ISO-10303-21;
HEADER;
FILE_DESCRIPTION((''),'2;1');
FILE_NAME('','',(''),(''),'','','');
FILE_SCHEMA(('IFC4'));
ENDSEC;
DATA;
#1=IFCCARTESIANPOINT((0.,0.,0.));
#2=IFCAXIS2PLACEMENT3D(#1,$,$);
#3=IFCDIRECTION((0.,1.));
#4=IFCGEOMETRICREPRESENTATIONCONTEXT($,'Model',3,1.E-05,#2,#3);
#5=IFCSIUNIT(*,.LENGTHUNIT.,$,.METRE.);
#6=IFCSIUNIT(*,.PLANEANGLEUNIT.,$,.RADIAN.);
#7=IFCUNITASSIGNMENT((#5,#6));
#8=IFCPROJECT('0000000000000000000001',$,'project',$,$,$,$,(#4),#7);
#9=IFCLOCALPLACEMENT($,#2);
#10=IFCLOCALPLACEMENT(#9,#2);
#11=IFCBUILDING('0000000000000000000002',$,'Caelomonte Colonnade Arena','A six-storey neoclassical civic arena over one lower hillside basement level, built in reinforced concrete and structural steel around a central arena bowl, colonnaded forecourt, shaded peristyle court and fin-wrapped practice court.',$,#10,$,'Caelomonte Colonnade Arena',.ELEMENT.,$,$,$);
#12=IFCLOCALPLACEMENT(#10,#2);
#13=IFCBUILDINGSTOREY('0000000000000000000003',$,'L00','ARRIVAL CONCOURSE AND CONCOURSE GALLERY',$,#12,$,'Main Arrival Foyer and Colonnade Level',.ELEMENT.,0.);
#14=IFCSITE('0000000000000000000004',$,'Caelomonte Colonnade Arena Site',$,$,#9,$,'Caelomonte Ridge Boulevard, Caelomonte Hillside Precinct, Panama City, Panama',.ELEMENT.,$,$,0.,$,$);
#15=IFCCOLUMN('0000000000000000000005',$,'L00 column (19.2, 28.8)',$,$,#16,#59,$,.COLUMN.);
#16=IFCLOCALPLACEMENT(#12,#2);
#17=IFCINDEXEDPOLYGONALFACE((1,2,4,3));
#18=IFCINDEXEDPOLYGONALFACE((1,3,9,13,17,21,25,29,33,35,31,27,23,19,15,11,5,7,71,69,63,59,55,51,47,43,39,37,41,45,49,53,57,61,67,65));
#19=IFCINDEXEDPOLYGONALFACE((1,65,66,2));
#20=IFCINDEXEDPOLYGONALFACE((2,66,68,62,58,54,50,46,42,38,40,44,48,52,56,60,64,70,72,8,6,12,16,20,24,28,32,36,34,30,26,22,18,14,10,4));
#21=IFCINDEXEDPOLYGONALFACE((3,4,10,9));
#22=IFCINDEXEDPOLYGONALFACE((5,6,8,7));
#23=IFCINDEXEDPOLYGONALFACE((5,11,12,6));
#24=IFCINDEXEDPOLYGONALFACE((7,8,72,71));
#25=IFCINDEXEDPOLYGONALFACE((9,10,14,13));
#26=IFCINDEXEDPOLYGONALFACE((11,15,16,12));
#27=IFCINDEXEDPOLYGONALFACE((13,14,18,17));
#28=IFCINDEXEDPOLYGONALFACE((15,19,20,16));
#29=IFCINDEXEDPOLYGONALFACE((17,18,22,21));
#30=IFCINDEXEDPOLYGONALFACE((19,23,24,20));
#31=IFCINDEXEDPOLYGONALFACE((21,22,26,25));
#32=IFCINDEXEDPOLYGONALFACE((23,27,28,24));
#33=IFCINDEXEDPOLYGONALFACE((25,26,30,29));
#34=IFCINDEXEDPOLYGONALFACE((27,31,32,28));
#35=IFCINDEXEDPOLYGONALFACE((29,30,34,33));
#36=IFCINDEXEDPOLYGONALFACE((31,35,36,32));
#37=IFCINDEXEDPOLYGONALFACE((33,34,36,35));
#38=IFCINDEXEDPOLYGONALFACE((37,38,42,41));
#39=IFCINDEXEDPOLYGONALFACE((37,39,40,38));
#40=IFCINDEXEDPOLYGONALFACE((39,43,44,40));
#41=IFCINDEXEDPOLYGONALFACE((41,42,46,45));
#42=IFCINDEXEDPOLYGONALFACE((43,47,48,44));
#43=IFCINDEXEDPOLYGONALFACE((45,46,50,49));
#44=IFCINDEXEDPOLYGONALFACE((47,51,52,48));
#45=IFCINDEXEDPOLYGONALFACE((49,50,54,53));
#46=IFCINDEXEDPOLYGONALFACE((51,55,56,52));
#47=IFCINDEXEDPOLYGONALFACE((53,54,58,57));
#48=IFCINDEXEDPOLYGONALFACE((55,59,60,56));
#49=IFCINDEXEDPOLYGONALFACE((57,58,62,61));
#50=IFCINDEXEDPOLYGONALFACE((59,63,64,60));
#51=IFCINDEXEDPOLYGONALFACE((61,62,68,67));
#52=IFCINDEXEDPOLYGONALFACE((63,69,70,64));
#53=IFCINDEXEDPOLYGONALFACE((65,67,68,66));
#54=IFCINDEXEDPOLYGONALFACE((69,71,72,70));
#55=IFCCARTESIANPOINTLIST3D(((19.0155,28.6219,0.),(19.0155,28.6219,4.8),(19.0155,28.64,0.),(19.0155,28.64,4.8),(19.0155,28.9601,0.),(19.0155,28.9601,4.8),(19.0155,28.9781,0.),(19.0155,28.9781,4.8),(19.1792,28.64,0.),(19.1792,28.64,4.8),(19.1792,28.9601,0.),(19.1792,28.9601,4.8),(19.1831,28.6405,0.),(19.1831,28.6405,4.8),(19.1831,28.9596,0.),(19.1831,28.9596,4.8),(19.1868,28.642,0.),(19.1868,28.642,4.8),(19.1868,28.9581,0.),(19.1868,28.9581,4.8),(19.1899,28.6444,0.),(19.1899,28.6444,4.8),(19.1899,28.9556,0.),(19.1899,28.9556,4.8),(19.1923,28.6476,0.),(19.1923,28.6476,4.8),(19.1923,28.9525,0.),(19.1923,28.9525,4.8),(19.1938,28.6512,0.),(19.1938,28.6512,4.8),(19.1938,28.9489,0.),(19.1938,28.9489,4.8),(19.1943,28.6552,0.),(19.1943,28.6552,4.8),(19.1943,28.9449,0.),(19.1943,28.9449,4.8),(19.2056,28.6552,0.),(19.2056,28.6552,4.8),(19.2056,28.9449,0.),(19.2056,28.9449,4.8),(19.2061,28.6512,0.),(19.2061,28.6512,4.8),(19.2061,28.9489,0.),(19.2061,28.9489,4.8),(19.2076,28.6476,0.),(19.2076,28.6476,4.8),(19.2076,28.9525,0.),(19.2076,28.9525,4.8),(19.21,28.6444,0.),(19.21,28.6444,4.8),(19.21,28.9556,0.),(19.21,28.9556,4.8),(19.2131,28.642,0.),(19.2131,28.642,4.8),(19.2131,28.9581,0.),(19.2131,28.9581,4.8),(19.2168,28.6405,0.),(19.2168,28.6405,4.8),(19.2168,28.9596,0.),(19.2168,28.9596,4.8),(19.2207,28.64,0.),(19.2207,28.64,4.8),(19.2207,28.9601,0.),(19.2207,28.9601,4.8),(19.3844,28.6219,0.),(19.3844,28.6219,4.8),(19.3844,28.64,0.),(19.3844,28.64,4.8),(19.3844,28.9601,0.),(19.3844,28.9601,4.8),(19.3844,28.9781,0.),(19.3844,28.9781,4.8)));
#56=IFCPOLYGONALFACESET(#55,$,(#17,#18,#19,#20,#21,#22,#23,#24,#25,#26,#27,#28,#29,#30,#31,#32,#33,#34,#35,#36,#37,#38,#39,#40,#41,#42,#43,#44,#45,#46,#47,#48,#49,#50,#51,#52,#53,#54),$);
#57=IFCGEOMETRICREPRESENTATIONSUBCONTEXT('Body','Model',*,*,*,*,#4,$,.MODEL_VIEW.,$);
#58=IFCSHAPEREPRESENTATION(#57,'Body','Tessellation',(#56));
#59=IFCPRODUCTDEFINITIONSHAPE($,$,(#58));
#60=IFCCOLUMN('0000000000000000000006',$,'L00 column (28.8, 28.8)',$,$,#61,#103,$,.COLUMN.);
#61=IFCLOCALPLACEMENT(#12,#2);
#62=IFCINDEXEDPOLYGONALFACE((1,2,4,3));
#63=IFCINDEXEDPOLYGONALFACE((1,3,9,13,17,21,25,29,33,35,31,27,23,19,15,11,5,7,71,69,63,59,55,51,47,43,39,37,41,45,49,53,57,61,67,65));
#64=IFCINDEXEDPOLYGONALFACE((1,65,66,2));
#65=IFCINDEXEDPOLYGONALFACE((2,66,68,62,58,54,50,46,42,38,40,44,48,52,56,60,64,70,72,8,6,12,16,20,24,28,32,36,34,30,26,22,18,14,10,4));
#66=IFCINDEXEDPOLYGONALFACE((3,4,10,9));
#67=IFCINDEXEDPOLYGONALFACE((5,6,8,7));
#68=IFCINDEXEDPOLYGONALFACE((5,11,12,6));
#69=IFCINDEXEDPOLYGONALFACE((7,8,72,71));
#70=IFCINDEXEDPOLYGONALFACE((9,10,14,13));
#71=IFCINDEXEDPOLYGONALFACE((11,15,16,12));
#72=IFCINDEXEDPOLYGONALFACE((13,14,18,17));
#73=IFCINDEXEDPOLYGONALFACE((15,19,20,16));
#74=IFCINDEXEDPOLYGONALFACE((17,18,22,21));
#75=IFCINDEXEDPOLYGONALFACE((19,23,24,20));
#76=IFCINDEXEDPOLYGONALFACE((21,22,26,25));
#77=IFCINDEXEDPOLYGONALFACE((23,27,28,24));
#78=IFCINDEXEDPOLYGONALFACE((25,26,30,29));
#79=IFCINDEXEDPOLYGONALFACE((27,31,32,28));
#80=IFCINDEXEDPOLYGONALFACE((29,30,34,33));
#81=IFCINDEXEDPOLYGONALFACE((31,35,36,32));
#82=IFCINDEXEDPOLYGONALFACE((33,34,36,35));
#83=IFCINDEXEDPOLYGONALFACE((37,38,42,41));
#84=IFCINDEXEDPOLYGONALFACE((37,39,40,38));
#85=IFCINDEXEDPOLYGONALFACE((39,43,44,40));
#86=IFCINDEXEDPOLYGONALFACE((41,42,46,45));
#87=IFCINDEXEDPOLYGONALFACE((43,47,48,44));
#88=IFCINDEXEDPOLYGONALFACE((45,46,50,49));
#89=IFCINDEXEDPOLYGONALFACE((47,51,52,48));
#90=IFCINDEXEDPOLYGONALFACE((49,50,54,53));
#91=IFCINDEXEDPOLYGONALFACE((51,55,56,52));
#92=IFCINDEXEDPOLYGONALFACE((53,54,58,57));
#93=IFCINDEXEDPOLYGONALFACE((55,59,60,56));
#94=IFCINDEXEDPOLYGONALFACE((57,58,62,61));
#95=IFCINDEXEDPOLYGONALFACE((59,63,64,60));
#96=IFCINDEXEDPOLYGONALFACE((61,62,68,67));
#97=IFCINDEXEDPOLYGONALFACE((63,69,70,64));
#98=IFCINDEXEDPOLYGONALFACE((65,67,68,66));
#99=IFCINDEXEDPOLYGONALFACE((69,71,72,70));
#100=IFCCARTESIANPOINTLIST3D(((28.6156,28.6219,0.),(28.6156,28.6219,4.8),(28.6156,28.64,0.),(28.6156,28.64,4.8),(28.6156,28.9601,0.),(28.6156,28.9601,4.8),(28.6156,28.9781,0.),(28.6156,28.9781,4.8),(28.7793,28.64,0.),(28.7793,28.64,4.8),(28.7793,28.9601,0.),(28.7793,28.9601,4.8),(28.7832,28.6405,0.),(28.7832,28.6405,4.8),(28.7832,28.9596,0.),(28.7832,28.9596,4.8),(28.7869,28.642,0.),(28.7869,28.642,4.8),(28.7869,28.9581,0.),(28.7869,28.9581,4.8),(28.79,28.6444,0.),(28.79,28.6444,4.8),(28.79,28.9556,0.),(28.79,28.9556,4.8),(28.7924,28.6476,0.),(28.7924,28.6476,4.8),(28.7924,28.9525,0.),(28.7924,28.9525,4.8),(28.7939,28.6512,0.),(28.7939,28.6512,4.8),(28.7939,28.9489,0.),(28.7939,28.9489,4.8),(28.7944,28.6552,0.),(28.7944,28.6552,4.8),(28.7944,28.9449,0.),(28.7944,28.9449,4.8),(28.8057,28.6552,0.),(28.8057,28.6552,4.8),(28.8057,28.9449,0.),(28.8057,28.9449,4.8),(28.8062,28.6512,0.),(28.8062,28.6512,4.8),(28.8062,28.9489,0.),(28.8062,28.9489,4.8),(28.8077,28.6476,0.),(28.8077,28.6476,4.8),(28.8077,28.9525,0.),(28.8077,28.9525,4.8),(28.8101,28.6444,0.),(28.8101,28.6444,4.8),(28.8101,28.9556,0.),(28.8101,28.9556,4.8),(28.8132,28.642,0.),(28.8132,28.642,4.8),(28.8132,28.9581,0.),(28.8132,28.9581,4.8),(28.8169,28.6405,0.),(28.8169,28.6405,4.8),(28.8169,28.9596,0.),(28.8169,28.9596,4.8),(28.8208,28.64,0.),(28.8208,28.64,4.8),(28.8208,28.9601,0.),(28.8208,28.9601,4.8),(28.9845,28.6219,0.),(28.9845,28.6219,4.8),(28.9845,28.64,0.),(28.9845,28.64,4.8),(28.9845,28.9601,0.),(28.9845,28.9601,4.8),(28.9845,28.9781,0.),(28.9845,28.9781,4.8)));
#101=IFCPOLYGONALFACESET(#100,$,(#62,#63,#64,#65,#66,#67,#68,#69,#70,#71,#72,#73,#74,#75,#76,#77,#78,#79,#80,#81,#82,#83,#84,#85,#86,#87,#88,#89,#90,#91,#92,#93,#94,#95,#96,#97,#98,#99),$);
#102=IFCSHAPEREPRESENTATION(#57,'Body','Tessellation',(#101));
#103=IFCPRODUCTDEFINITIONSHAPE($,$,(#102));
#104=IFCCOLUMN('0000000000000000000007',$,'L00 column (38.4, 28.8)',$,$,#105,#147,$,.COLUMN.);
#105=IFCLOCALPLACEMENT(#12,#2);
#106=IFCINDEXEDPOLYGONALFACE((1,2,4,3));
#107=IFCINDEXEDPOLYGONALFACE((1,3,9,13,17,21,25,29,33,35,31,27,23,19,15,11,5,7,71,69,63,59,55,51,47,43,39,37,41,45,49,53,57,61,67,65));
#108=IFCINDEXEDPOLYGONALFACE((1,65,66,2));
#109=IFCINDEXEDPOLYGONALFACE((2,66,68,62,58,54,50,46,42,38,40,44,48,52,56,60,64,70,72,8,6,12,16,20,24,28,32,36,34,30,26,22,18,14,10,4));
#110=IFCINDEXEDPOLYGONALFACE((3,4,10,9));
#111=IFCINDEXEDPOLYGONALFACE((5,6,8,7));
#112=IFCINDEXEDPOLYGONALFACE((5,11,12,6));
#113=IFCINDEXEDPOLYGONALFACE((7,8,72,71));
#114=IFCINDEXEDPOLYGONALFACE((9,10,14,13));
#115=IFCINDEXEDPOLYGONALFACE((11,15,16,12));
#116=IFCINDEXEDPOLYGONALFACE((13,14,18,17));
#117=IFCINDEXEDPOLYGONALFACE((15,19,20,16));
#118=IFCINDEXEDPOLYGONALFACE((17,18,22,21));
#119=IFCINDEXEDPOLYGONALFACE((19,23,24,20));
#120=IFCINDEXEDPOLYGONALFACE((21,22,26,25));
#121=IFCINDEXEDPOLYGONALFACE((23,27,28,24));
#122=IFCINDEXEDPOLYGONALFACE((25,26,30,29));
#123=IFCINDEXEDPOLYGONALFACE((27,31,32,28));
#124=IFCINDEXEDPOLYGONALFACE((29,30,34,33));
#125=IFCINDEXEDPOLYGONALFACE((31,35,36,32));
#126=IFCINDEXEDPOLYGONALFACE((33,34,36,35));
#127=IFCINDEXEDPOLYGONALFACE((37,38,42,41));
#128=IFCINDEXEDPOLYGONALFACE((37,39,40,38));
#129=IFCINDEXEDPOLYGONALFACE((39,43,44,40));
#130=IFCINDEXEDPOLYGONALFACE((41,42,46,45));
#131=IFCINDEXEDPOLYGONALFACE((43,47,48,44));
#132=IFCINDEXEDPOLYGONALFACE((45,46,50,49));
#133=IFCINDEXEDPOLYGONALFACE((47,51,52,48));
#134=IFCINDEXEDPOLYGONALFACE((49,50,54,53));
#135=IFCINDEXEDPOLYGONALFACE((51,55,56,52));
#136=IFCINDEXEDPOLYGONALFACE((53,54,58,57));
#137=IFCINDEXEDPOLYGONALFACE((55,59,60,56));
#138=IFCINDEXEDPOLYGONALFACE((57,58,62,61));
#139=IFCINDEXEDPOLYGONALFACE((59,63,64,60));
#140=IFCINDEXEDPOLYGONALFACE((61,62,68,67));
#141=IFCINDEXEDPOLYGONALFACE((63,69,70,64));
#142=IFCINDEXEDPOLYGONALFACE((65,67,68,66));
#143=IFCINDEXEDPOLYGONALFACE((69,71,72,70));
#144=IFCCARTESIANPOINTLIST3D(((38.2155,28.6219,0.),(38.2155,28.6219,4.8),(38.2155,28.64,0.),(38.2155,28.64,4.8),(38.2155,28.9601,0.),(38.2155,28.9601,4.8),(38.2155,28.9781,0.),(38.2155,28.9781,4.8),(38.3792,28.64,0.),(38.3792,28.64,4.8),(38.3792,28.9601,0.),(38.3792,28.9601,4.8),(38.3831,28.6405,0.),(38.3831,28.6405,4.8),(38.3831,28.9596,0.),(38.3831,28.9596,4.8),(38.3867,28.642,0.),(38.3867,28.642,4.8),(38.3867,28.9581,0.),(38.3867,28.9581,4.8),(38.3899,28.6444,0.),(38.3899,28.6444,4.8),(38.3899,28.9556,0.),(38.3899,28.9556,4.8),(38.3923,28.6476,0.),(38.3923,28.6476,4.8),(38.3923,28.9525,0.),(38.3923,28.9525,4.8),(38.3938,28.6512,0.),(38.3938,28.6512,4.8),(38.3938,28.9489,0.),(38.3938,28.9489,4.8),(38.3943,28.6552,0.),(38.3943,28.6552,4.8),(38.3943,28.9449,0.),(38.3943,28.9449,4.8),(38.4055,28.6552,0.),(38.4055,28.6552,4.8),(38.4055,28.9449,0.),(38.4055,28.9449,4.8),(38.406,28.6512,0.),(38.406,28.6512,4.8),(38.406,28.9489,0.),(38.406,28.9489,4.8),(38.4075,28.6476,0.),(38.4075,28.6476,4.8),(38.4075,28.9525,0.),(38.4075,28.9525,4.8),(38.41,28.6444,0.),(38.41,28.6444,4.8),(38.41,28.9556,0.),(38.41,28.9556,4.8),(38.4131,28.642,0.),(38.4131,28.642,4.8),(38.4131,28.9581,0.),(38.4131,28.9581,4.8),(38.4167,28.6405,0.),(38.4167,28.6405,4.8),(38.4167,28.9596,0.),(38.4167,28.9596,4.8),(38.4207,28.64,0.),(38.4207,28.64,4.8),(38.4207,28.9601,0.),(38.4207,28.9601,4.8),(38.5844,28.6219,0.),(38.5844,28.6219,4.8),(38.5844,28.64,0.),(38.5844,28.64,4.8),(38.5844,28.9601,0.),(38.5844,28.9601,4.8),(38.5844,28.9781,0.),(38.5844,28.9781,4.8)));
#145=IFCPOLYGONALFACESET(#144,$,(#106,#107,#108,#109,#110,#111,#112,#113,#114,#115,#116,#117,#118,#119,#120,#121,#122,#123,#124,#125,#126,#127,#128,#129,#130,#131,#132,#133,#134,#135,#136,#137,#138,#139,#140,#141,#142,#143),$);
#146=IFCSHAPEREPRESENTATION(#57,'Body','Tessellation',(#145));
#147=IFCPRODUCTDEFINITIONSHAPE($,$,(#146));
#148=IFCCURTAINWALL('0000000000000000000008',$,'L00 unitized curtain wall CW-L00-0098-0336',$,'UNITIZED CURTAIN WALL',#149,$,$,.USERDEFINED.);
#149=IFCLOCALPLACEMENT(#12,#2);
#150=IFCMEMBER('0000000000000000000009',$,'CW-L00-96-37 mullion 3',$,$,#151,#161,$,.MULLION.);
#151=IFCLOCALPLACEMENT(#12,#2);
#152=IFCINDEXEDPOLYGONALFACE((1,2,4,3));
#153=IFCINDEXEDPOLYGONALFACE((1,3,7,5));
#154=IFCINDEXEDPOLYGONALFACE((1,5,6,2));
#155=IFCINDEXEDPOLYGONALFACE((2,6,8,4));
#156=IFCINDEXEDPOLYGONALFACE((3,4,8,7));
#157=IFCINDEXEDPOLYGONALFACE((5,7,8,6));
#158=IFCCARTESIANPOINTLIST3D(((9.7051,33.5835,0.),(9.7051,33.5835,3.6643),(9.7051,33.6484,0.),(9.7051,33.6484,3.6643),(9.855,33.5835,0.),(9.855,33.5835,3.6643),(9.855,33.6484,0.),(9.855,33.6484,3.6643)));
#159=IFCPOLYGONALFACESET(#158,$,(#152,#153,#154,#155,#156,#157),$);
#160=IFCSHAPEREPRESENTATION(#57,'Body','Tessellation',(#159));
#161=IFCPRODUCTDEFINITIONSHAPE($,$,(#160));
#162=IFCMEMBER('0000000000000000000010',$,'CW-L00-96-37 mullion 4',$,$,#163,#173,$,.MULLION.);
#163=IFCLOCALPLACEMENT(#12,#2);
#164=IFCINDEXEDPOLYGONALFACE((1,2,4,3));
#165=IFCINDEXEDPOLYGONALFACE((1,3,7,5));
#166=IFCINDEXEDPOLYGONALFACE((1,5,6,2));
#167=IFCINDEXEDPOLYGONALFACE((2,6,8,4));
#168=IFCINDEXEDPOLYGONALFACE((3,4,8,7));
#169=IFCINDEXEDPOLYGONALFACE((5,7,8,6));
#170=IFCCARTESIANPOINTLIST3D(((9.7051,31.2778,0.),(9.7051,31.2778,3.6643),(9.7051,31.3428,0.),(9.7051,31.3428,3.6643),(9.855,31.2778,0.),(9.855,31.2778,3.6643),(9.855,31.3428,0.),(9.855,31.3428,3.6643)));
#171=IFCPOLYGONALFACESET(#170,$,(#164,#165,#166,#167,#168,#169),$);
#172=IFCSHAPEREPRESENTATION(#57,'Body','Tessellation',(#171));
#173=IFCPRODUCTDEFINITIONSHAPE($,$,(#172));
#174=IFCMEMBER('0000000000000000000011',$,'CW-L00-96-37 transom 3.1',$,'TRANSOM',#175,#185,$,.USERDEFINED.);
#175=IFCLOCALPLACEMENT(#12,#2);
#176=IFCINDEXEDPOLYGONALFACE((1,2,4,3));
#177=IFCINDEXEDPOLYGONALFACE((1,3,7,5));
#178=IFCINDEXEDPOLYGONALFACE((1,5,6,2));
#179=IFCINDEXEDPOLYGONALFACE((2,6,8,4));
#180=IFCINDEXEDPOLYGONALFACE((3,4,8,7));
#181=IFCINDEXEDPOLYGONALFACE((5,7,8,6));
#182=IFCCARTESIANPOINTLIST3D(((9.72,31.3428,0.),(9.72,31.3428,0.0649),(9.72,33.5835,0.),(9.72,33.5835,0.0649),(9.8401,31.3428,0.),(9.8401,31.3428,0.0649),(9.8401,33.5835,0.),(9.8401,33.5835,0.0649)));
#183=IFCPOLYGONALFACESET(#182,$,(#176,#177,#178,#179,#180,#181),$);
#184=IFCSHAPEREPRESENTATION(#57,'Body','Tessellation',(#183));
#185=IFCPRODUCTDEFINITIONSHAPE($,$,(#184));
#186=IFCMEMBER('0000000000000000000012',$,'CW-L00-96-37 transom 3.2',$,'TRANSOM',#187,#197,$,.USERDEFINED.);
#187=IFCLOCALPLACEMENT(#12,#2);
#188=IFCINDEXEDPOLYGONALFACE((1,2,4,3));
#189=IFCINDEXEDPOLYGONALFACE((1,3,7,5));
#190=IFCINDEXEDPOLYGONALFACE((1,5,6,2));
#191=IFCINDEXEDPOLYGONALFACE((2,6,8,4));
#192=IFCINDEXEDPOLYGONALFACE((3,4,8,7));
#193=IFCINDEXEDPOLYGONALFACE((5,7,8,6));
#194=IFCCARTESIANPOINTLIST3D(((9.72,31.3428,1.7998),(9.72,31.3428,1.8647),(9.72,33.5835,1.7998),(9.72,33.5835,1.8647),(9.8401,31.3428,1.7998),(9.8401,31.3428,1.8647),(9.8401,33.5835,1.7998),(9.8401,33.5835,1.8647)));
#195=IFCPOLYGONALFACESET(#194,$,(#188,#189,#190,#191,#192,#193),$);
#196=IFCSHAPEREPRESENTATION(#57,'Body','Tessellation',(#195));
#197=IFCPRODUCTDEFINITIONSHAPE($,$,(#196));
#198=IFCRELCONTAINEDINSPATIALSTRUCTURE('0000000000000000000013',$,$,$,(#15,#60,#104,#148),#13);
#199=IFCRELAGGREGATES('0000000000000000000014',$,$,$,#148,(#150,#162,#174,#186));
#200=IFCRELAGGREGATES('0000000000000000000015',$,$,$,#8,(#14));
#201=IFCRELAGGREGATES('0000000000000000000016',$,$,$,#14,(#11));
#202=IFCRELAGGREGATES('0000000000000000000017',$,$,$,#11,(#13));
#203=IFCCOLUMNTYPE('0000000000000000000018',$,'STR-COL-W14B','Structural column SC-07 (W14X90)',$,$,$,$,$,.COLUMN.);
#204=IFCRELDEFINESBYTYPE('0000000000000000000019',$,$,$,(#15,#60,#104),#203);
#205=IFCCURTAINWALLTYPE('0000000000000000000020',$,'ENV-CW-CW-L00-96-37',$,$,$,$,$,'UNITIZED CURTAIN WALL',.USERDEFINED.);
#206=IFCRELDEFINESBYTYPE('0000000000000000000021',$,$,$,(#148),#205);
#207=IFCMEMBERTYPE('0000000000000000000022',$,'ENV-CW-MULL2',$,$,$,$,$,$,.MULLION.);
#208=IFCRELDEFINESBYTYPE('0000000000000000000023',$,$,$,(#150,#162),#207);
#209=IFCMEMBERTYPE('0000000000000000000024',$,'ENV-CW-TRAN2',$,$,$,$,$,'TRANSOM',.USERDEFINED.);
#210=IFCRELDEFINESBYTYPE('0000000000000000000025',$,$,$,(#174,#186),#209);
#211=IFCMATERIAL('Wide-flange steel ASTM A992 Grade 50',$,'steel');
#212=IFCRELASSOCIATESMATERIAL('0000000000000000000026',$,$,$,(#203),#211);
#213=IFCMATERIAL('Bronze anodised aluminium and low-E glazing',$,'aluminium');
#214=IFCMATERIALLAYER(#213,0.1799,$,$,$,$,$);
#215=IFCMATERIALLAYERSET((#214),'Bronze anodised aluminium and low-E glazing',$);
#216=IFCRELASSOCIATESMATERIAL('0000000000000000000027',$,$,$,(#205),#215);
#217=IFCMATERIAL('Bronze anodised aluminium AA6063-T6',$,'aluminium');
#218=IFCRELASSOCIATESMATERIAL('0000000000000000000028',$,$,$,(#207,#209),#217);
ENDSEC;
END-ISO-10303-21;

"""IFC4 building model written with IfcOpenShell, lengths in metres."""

from ifc_helpers import new_model, si_unit, direction, frame, origin, origin_2d, place, context, subcontext, project, spatial, rectangle, i_section, extrude, material, layer, layer_set, material_profile, profile_set, type_object, element, aggregate, save


model = new_model("IFC4")

# Units and contexts
model_context = context("Model", 3, precision=1e-05, world=origin(), true_north=direction((0.0, 1.0)))
body_context = subcontext(model_context, "Body", "Model", "MODEL_VIEW")
ifc_project = project(units=[si_unit("LENGTHUNIT", "METRE"), si_unit("PLANEANGLEUNIT", "RADIAN")], contexts=[model_context])

# Site, building, storey
site_placement = place(None, origin())
site = spatial("IfcSite", under=ifc_project, at=site_placement, Name="Caelomonte Colonnade Arena Site", LongName="Caelomonte Ridge Boulevard, Caelomonte Hillside Precinct, Panama City, Panama", CompositionType="ELEMENT", RefElevation=0.0)
building_placement = place(site_placement, origin())
building = spatial("IfcBuilding", under=site, at=building_placement, Name="Caelomonte Colonnade Arena", Description="A six-storey neoclassical civic arena over one lower hillside basement level, built in reinforced concrete and structural steel around a central arena bowl, colonnaded forecourt, shaded peristyle court and fin-wrapped practice court.", LongName="Caelomonte Colonnade Arena", CompositionType="ELEMENT")
storey_placement = place(building_placement, origin())
storey = spatial("IfcBuildingStorey", under=building, at=storey_placement, Name="L00", Description="ARRIVAL CONCOURSE AND CONCOURSE GALLERY", LongName="Main Arrival Foyer and Colonnade Level", CompositionType="ELEMENT", Elevation=0.0)

# Columns
ifc_material_1 = material(Name="Wide-flange steel ASTM A992 Grade 50", Category="steel")
ifc_material_profile_1 = material_profile(ifc_material_1, i_section(OverallWidth=0.3689, OverallDepth=0.3562, WebThickness=0.0112, FlangeThickness=0.0181, FilletRadius=0.0151, at=origin_2d()), Name="W14X90")
ifc_profile_set_1 = profile_set([ifc_material_profile_1], Name="Wide-flange steel ASTM A992 Grade 50")
column_type = type_object("IfcColumnType", Name="STR-COL-W14B", Description="Structural column SC-07 (W14X90)", PredefinedType="COLUMN", material=ifc_profile_set_1)
for number, where, z_axis, x_axis, name in (
    (1, (19.2, 28.8, 0.0), (0.0, 0.0, 1.0), (1.0, 0.0, 0.0), "L00 column (19.2, 28.8)"),
    (2, (28.8, 28.8, 0.0), (0.0, 0.0, 1.0), (1.0, 0.0, 0.0), "L00 column (28.8, 28.8)"),
    (3, (38.3999, 28.8, 0.0), (0.0, 0.0, 1.0), (1.0, 0.0, 0.0), "L00 column (38.4, 28.8)"),
):
    element("IfcColumn", number, at=place(storey_placement, frame(where, z_axis=z_axis, x_axis=x_axis)), inside=storey, type_object=column_type, Name=name, PredefinedType="COLUMN", context=body_context, shape_type="SweptSolid", body=[
        extrude(i_section(OverallWidth=0.3689, OverallDepth=0.3562, WebThickness=0.0112, FlangeThickness=0.0181, FilletRadius=0.0151, at=origin_2d()), origin(), (0.0, 0.0, 1.0), 4.8),
    ])

# Curtain wall, members
ifc_material_2 = material(Name="Bronze anodised aluminium and low-E glazing", Category="aluminium")
ifc_layer_1 = layer(ifc_material_2, 0.1799)
ifc_layer_set_1 = layer_set([ifc_layer_1], Name="Bronze anodised aluminium and low-E glazing")
curtain_wall_type = type_object("IfcCurtainWallType", Name="ENV-CW-CW-L00-96-37", ElementType="UNITIZED CURTAIN WALL", PredefinedType="USERDEFINED", material=ifc_layer_set_1)
curtain_wall_placement = place(storey_placement, origin())
curtain_wall = element("IfcCurtainWall", 4, at=curtain_wall_placement, inside=storey, type_object=curtain_wall_type, Name="L00 unitized curtain wall CW-L00-0098-0336", ObjectType="UNITIZED CURTAIN WALL", PredefinedType="USERDEFINED")
ifc_material_3 = material(Name="Bronze anodised aluminium AA6063-T6", Category="aluminium")
ifc_material_profile_2 = material_profile(ifc_material_3, rectangle(XDim=0.0649, YDim=0.1499, at=origin_2d()), Name="CWM-65X150")
ifc_profile_set_2 = profile_set([ifc_material_profile_2], Name="Bronze anodised aluminium AA6063-T6")
member_type_1 = type_object("IfcMemberType", Name="ENV-CW-MULL2", PredefinedType="MULLION", material=ifc_profile_set_2)
member_1_placement = place(storey_placement, frame((9.78, 33.616, 0.0), z_axis=(0.0, 0.0, 1.0), x_axis=(0.0, -1.0, 0.0)))
member_1 = element("IfcMember", 5, at=member_1_placement, type_object=member_type_1, Name="CW-L00-96-37 mullion 3", PredefinedType="MULLION", context=body_context, shape_type="SweptSolid", body=[
    extrude(rectangle(XDim=0.0649, YDim=0.1499, at=origin_2d()), origin(), (0.0, 0.0, 1.0), 3.6643),
])
member_2_placement = place(storey_placement, frame((9.78, 31.3103, 0.0), z_axis=(0.0, 0.0, 1.0), x_axis=(0.0, -1.0, 0.0)))
member_2 = element("IfcMember", 6, at=member_2_placement, type_object=member_type_1, Name="CW-L00-96-37 mullion 4", PredefinedType="MULLION", context=body_context, shape_type="SweptSolid", body=[
    extrude(rectangle(XDim=0.0649, YDim=0.1499, at=origin_2d()), origin(), (0.0, 0.0, 1.0), 3.6643),
])
ifc_material_profile_3 = material_profile(ifc_material_3, rectangle(XDim=0.0649, YDim=0.1201, at=origin_2d()), Name="CWT-65X120")
ifc_profile_set_3 = profile_set([ifc_material_profile_3], Name="Bronze anodised aluminium AA6063-T6")
member_type_2 = type_object("IfcMemberType", Name="ENV-CW-TRAN2", ElementType="TRANSOM", PredefinedType="USERDEFINED", material=ifc_profile_set_3)
member_3_placement = place(storey_placement, frame((9.78, 33.5835, 0.0325), z_axis=(0.0, -1.0, 0.0), x_axis=(0.0, 0.0, 1.0)))
member_3 = element("IfcMember", 7, at=member_3_placement, type_object=member_type_2, Name="CW-L00-96-37 transom 3.1", ObjectType="TRANSOM", PredefinedType="USERDEFINED", context=body_context, shape_type="SweptSolid", body=[
    extrude(rectangle(XDim=0.0649, YDim=0.1201, at=origin_2d()), origin(), (0.0, 0.0, 1.0), 2.2407),
])
member_4_placement = place(storey_placement, frame((9.78, 33.5835, 1.8323), z_axis=(0.0, -1.0, 0.0), x_axis=(0.0, 0.0, 1.0)))
member_4 = element("IfcMember", 8, at=member_4_placement, type_object=member_type_2, Name="CW-L00-96-37 transom 3.2", ObjectType="TRANSOM", PredefinedType="USERDEFINED", context=body_context, shape_type="SweptSolid", body=[
    extrude(rectangle(XDim=0.0649, YDim=0.1201, at=origin_2d()), origin(), (0.0, 0.0, 1.0), 2.2407),
])

aggregate(curtain_wall, [member_1, member_2, member_3, member_4])

save(model, "model.ifc")
